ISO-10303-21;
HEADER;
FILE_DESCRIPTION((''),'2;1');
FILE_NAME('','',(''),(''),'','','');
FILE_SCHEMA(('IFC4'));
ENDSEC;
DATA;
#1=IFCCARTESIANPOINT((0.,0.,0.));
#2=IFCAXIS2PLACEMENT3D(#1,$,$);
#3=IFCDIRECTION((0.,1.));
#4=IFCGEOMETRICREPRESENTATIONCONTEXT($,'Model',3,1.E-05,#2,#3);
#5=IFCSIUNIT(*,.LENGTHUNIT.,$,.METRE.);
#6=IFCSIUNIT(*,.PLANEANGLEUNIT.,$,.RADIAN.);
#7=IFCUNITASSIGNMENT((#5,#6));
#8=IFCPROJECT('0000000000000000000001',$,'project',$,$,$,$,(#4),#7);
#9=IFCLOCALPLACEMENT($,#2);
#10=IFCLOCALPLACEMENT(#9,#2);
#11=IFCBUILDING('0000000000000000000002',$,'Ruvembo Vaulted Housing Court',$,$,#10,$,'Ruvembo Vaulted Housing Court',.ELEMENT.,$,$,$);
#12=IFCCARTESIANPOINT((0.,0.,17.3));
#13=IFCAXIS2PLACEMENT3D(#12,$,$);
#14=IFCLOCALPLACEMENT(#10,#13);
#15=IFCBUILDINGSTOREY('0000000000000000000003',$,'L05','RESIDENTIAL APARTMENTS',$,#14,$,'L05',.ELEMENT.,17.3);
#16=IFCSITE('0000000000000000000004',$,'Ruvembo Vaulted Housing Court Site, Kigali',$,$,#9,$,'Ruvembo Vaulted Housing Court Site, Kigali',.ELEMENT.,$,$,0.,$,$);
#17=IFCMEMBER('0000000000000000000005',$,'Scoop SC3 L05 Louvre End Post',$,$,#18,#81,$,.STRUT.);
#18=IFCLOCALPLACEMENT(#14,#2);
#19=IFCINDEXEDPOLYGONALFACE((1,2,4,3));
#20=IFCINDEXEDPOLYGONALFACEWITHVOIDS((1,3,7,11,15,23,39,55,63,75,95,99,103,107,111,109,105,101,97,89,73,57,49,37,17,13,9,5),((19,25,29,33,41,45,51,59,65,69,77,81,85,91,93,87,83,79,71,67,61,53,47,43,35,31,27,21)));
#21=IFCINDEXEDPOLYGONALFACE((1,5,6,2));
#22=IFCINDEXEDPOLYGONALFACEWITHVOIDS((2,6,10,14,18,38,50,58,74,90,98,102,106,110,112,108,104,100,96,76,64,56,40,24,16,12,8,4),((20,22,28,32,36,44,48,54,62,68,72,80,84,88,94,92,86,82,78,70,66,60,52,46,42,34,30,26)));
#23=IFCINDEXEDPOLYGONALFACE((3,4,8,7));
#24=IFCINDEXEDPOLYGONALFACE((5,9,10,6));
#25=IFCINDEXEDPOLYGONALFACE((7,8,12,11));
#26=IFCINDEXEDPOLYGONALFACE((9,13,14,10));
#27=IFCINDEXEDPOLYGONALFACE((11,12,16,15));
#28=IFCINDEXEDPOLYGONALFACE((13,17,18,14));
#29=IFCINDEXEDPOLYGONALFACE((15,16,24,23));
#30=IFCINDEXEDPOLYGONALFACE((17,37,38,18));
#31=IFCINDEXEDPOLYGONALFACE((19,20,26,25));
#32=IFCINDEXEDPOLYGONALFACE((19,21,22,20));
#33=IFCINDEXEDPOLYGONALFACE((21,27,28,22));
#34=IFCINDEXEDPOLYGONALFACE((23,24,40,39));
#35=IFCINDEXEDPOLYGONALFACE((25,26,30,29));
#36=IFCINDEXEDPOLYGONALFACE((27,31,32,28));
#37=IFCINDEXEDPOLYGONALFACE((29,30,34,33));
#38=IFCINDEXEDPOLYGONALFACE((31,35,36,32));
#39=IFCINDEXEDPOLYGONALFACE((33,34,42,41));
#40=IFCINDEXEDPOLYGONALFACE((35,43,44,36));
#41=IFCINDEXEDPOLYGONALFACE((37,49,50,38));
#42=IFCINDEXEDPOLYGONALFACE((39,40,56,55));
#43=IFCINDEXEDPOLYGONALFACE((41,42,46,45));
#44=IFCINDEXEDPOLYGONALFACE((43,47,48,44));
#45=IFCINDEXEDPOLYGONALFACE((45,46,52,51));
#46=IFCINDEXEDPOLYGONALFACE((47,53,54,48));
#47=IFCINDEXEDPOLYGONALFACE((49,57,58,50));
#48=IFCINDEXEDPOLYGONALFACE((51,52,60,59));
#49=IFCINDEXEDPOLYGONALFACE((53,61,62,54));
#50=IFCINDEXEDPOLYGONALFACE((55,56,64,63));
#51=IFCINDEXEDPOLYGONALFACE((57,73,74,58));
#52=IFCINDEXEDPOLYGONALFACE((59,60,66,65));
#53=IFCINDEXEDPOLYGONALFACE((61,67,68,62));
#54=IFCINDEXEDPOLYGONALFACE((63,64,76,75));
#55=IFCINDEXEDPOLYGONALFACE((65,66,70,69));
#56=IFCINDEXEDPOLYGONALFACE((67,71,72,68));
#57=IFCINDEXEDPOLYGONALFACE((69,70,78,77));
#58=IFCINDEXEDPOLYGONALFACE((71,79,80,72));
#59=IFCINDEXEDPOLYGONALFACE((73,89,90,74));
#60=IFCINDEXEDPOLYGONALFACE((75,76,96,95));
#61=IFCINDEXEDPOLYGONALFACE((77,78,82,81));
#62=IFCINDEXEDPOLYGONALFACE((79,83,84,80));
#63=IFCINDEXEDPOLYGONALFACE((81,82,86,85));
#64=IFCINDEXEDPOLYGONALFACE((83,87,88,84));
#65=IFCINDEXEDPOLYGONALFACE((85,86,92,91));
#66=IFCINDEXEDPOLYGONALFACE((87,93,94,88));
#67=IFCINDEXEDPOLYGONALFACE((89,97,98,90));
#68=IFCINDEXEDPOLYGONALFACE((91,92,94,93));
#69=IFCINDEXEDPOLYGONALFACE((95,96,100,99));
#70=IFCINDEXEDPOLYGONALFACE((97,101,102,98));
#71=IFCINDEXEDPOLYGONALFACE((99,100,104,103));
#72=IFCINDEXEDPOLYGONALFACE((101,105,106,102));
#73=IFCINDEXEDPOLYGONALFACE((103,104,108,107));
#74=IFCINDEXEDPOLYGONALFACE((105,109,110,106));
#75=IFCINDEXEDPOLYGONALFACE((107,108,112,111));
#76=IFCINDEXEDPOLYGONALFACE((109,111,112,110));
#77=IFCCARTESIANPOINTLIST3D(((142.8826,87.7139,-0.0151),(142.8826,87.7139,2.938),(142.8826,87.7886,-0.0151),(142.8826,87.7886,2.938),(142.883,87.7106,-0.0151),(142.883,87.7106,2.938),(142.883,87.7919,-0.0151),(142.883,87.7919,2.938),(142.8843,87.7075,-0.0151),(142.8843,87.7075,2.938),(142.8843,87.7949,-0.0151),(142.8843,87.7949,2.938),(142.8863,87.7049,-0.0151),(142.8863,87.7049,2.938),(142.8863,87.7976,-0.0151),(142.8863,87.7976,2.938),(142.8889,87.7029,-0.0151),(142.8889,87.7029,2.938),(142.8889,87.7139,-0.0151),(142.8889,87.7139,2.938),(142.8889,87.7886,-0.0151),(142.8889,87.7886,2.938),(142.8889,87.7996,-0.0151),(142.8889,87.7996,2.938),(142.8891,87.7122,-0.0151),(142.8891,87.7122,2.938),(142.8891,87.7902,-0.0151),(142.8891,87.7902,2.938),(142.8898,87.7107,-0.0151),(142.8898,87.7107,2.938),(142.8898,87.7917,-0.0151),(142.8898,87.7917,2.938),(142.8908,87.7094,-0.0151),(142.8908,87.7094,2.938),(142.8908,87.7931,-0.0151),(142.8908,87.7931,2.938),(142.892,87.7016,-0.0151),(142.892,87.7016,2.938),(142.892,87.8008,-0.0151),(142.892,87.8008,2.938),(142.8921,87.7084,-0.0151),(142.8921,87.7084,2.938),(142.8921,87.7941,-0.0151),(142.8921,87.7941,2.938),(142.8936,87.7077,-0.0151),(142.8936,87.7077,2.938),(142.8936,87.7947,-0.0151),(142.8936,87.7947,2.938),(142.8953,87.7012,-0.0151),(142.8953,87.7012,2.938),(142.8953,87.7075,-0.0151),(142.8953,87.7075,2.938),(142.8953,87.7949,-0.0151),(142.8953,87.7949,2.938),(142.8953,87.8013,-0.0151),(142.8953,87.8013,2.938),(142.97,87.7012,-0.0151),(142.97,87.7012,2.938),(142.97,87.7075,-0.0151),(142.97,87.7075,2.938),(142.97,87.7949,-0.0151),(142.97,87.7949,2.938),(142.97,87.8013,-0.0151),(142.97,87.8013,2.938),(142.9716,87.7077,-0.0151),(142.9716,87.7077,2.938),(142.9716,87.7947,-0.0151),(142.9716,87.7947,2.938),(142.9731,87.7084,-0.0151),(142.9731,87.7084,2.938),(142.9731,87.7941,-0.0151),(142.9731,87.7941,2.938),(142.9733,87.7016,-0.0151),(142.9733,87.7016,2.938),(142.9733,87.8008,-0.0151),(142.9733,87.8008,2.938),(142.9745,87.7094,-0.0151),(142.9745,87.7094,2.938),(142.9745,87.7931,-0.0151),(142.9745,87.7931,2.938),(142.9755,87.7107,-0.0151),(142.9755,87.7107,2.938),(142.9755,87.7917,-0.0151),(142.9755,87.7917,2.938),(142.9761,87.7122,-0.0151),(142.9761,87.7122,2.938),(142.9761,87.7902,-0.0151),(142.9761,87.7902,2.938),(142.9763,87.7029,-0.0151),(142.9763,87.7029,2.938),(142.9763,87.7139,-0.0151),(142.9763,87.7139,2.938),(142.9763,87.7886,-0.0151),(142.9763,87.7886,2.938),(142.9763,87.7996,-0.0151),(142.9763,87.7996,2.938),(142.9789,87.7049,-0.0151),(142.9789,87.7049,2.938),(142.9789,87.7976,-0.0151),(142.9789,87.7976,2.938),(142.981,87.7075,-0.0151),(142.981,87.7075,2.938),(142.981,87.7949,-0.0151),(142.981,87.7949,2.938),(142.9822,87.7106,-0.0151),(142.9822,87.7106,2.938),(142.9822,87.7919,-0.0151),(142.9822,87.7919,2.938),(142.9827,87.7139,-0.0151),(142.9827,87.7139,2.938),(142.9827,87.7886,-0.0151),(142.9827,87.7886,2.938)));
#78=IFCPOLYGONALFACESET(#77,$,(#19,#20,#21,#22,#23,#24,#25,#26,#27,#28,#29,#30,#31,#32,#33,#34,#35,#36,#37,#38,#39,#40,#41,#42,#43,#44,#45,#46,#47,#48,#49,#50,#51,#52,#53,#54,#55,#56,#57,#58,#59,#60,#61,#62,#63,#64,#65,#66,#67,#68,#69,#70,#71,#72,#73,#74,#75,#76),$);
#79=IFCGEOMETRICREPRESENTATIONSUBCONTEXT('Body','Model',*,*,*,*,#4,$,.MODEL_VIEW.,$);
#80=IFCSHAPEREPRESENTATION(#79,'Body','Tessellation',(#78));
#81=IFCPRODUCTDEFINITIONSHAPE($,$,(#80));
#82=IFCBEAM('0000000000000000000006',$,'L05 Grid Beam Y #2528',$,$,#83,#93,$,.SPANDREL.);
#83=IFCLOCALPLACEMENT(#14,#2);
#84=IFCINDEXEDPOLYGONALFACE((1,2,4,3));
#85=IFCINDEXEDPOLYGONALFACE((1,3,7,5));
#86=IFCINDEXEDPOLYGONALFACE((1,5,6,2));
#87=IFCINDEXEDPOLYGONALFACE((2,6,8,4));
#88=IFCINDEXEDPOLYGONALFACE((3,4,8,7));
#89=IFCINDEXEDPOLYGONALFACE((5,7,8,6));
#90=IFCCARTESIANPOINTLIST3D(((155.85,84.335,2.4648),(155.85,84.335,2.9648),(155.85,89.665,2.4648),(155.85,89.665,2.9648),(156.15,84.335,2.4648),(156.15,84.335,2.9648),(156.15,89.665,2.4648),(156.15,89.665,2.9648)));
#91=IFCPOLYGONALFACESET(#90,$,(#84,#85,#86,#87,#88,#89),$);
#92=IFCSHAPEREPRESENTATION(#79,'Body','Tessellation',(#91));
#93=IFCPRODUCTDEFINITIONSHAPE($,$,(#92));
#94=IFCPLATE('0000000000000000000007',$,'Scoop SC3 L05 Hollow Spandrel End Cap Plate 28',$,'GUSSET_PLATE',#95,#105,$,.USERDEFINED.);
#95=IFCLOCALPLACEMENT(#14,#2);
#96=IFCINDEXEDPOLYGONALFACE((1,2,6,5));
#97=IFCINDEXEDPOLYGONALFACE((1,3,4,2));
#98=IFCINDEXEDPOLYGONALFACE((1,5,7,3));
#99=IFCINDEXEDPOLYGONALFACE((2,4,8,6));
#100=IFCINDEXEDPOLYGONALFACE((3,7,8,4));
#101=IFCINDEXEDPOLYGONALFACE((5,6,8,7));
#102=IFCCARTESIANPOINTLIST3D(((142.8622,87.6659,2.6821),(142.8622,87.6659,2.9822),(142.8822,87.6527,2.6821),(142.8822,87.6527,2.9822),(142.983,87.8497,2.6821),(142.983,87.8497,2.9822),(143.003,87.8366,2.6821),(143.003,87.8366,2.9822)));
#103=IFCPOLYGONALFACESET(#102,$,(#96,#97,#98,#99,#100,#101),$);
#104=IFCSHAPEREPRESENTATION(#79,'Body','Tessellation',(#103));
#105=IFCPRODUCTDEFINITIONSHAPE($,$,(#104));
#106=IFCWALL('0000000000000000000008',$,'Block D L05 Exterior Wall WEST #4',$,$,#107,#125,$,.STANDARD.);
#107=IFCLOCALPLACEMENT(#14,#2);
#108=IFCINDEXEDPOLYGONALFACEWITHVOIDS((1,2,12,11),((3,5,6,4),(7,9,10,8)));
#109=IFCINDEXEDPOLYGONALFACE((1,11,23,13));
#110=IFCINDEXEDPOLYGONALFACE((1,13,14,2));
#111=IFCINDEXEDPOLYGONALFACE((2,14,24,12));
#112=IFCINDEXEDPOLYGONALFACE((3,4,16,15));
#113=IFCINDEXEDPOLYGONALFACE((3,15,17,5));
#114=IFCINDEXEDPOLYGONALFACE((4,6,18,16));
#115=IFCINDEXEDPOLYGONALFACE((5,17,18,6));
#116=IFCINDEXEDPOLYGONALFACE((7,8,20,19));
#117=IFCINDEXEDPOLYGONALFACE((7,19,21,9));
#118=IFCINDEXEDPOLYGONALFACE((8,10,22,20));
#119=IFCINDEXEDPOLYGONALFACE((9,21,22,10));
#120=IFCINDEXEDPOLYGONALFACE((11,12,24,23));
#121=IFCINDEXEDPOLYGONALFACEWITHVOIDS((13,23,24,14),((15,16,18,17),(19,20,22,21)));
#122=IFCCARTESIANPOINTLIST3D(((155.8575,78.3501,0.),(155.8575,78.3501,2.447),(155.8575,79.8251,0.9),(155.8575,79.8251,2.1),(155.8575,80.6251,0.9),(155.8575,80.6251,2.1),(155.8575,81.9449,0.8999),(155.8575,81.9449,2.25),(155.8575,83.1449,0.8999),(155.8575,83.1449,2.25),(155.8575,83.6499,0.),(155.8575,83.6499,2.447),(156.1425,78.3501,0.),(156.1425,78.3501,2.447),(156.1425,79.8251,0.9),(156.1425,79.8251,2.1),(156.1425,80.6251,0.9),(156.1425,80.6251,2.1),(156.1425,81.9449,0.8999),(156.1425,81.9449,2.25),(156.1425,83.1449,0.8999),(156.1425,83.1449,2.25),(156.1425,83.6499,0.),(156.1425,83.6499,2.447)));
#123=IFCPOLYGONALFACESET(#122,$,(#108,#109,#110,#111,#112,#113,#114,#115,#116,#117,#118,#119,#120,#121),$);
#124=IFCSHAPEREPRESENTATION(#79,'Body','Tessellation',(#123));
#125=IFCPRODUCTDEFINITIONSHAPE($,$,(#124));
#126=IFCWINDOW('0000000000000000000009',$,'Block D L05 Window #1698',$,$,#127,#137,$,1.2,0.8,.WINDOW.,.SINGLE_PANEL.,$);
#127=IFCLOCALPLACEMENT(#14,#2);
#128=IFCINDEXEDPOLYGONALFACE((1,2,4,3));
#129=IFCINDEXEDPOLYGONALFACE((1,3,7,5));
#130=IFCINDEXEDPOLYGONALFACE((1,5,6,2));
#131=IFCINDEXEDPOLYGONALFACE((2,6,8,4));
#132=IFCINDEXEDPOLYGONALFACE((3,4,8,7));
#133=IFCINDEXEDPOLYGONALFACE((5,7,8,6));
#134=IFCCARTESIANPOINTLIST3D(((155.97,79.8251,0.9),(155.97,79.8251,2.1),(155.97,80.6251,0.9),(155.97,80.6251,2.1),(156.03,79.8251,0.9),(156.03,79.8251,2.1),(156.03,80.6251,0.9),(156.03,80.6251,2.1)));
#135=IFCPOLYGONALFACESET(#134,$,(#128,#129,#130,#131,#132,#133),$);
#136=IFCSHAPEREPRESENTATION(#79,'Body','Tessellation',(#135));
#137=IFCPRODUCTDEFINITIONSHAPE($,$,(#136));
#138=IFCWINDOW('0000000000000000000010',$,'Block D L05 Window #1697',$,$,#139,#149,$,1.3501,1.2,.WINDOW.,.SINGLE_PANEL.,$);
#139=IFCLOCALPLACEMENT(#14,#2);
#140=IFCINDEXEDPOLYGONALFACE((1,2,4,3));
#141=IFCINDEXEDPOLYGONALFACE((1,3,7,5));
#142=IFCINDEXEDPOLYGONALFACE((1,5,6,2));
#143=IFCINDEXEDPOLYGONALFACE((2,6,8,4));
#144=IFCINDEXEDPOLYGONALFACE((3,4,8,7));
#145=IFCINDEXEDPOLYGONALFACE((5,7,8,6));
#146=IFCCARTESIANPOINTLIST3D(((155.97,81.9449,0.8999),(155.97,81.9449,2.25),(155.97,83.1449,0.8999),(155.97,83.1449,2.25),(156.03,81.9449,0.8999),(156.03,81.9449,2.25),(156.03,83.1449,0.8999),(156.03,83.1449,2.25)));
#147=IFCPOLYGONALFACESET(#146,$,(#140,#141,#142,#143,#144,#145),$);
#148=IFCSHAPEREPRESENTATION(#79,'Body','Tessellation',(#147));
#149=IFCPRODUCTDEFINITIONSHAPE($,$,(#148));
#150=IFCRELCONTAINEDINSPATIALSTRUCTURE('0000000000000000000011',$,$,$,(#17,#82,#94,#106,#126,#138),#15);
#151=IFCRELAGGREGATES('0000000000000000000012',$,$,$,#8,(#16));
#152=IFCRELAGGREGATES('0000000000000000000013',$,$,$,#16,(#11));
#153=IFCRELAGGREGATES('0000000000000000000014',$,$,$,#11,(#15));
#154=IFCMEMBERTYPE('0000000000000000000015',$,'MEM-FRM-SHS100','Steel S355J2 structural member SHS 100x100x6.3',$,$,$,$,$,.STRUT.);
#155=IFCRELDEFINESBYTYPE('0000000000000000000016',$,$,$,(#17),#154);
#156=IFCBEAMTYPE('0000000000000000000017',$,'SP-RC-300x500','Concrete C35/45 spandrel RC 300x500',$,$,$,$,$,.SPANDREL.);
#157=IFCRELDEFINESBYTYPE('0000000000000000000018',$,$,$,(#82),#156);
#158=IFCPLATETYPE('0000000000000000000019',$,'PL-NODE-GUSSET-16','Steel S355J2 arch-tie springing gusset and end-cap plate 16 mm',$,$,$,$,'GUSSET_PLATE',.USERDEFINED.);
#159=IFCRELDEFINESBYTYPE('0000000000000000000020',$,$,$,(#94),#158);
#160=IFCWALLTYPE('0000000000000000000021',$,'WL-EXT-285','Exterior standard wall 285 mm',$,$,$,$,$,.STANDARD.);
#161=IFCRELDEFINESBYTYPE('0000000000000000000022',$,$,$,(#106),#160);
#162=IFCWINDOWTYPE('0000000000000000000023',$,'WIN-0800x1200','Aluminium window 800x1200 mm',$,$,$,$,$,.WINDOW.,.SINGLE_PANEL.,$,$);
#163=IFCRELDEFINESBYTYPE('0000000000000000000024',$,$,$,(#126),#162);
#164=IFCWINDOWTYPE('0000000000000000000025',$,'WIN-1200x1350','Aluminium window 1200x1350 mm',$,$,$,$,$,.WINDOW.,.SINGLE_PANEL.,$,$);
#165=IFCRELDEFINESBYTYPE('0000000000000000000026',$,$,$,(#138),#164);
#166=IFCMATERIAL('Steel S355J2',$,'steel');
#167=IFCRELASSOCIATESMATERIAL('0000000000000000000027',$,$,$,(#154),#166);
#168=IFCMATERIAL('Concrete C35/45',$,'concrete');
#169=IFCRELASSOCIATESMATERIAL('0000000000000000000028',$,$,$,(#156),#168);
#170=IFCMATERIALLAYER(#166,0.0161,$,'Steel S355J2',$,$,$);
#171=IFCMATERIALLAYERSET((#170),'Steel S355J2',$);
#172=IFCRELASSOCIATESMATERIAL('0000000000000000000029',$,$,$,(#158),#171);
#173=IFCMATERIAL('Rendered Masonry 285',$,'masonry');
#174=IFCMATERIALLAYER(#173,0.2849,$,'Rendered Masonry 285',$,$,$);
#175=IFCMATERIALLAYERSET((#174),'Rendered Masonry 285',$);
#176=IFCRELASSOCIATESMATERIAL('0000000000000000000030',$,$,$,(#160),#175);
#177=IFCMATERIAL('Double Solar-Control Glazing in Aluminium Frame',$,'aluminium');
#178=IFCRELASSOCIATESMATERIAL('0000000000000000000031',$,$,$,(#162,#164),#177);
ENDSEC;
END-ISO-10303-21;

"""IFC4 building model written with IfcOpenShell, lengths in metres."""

from ifc_helpers import new_model, si_unit, direction, frame, frame_2d, origin, origin_2d, place, context, subcontext, project, spatial, rectangle, hollow_rectangle, extrude, material, layer, layer_set, material_profile, profile_set, type_object, element, fill, save


model = new_model("IFC4")

# Units and contexts
model_context = context("Model", 3, precision=1e-05, world=origin(), true_north=direction((0.0, 1.0)))
body_context = subcontext(model_context, "Body", "Model", "MODEL_VIEW")
ifc_project = project(units=[si_unit("LENGTHUNIT", "METRE"), si_unit("PLANEANGLEUNIT", "RADIAN")], contexts=[model_context])

# Site, building, storey
site_placement = place(None, origin())
site = spatial("IfcSite", under=ifc_project, at=site_placement, Name="Ruvembo Vaulted Housing Court Site, Kigali", LongName="Ruvembo Vaulted Housing Court Site, Kigali", CompositionType="ELEMENT", RefElevation=0.0)
building_placement = place(site_placement, origin())
building = spatial("IfcBuilding", under=site, at=building_placement, Name="Ruvembo Vaulted Housing Court", LongName="Ruvembo Vaulted Housing Court", CompositionType="ELEMENT")
storey_placement = place(building_placement, frame((0.0, 0.0, 17.3)))
storey = spatial("IfcBuildingStorey", under=building, at=storey_placement, Name="L05", Description="RESIDENTIAL APARTMENTS", LongName="L05", CompositionType="ELEMENT", Elevation=17.3)

# Shared definitions
ifc_material_1 = material(Name="Concrete C35/45", Category="concrete")

# Shared definitions
ifc_material_2 = material(Name="Steel S355J2", Category="steel")

# Member
ifc_material_profile_1 = material_profile(ifc_material_2, hollow_rectangle(XDim=0.1001, YDim=0.1001, WallThickness=0.0063, InnerFilletRadius=0.0063, OuterFilletRadius=0.0127, at=origin_2d()), Name="SHS 100x100x6.3")
ifc_profile_set_1 = profile_set([ifc_material_profile_1], Name="Steel S355J2")
member_type_1 = type_object("IfcMemberType", Name="MEM-FRM-SHS100", Description="Steel S355J2 structural member SHS 100x100x6.3", PredefinedType="STRUT", material=ifc_profile_set_1)
for number, where, z_axis, x_axis, name in (
    (1, (142.9326, 87.7512, -0.0151), (0.0, 0.0, 1.0), (1.0, 0.0, 0.0), "Scoop SC3 L05 Louvre End Post"),
):
    element("IfcMember", number, at=place(storey_placement, frame(where, z_axis=z_axis, x_axis=x_axis)), inside=storey, type_object=member_type_1, Name=name, PredefinedType="STRUT", context=body_context, shape_type="SweptSolid", body=[
        extrude(hollow_rectangle(XDim=0.1001, YDim=0.1001, WallThickness=0.0063, InnerFilletRadius=0.0063, OuterFilletRadius=0.0127, at=origin_2d()), origin(), (0.0, 0.0, 1.0), 2.9531),
    ])

# Beam
ifc_material_profile_2 = material_profile(ifc_material_1, rectangle(XDim=0.3, YDim=0.5, at=origin_2d()), Name="RC 300x500")
ifc_profile_set_2 = profile_set([ifc_material_profile_2], Name="Concrete C35/45")
beam_type_1 = type_object("IfcBeamType", Name="SP-RC-300x500", Description="Concrete C35/45 spandrel RC 300x500", PredefinedType="SPANDREL", material=ifc_profile_set_2)
beam_1_placement = place(storey_placement, frame((156.0, 84.335, 2.7148), z_axis=(0.0, 1.0, 0.0), x_axis=(-1.0, 0.0, 0.0)))
element("IfcBeam", 2, at=beam_1_placement, inside=storey, type_object=beam_type_1, Name="L05 Grid Beam Y #2528", PredefinedType="SPANDREL", context=body_context, shape_type="SweptSolid", body=[
    extrude(rectangle(XDim=0.3, YDim=0.5, at=origin_2d()), origin(), (0.0, 0.0, 1.0), 5.3301),
])

# Plate
ifc_layer_1 = layer(ifc_material_2, 0.0161, Name="Steel S355J2")
ifc_layer_set_1 = layer_set([ifc_layer_1], Name="Steel S355J2")
plate_type = type_object("IfcPlateType", Name="PL-NODE-GUSSET-16", Description="Steel S355J2 arch-tie springing gusset and end-cap plate 16 mm", ElementType="GUSSET_PLATE", PredefinedType="USERDEFINED", material=ifc_layer_set_1)
plate_placement = place(storey_placement, frame((142.9326, 87.7512, 2.6821), z_axis=(0.0, 0.0, 1.0), x_axis=(0.835846, -0.548964, 0.0)))
element("IfcPlate", 3, at=plate_placement, inside=storey, type_object=plate_type, Name="Scoop SC3 L05 Hollow Spandrel End Cap Plate 28", ObjectType="GUSSET_PLATE", PredefinedType="USERDEFINED", context=body_context, shape_type="SweptSolid", body=[
    extrude(rectangle(XDim=0.0239, YDim=0.22, at=origin_2d()), origin(), (0.0, 0.0, 1.0), 0.3),
])

# Wall, openings, windows
ifc_material_3 = material(Name="Rendered Masonry 285", Category="masonry")
ifc_layer_2 = layer(ifc_material_3, 0.2849, Name="Rendered Masonry 285")
ifc_layer_set_2 = layer_set([ifc_layer_2], Name="Rendered Masonry 285")
wall_type = type_object("IfcWallType", Name="WL-EXT-285", Description="Exterior standard wall 285 mm", PredefinedType="STANDARD", material=ifc_layer_set_2)
wall_placement = place(storey_placement, frame((156.0, 83.6499, 0.0), z_axis=(0.0, 0.0, 1.0), x_axis=(0.0, -1.0, 0.0)))
wall = element("IfcWall", 4, at=wall_placement, inside=storey, type_object=wall_type, Name="Block D L05 Exterior Wall WEST #4", PredefinedType="STANDARD", context=body_context, shape_type="SweptSolid", body=[
    extrude(rectangle(XDim=5.2998, YDim=0.2849, at=frame_2d((2.6499, 0.0))), origin(), (0.0, 0.0, 1.0), 2.447),
])
opening_1_placement = place(wall_placement, frame((0.5049, 0.0, 0.8999)))
opening_1 = element("IfcOpeningElement", 5, at=opening_1_placement, cuts=wall, PredefinedType="OPENING", context=body_context, shape_type="SweptSolid", body=[
    extrude(rectangle(XDim=1.2, YDim=1.3501, at=frame_2d((0.6001, 0.675))), frame((0.0, 0.1523, 0.0), z_axis=(0.0, -1.0, 0.0), x_axis=(1.0, 0.0, 0.0)), (0.0, 0.0, 1.0), 0.3049),
])
opening_2_placement = place(wall_placement, frame((3.0249, 0.0, 0.8999)))
opening_2 = element("IfcOpeningElement", 6, at=opening_2_placement, cuts=wall, PredefinedType="OPENING", context=body_context, shape_type="SweptSolid", body=[
    extrude(rectangle(XDim=0.8, YDim=1.2, at=frame_2d((0.3999, 0.6001))), frame((0.0, 0.1523, 0.0), z_axis=(0.0, -1.0, 0.0), x_axis=(1.0, 0.0, 0.0)), (0.0, 0.0, 1.0), 0.3049),
])
ifc_material_4 = material(Name="Double Solar-Control Glazing in Aluminium Frame", Category="aluminium")
window_type_1 = type_object("IfcWindowType", Name="WIN-0800x1200", Description="Aluminium window 800x1200 mm", PartitioningType="SINGLE_PANEL", PredefinedType="WINDOW", material=ifc_material_4)
window_1_placement = place(opening_2_placement, origin())
window_1 = element("IfcWindow", 7, at=window_1_placement, inside=storey, type_object=window_type_1, Name="Block D L05 Window #1698", OverallHeight=1.2, OverallWidth=0.8, PartitioningType="SINGLE_PANEL", PredefinedType="WINDOW", context=body_context, shape_type="SweptSolid", body=[
    extrude(rectangle(XDim=0.8, YDim=1.2, at=frame_2d((0.3999, 0.6001))), frame((0.0, 0.03, 0.0), z_axis=(0.0, -1.0, 0.0), x_axis=(1.0, 0.0, 0.0)), (0.0, 0.0, 1.0), 0.0601),
])
fill(opening_2, window_1)
window_type_2 = type_object("IfcWindowType", Name="WIN-1200x1350", Description="Aluminium window 1200x1350 mm", PartitioningType="SINGLE_PANEL", PredefinedType="WINDOW", material=ifc_material_4)
window_2_placement = place(opening_1_placement, origin())
window_2 = element("IfcWindow", 8, at=window_2_placement, inside=storey, type_object=window_type_2, Name="Block D L05 Window #1697", OverallHeight=1.3501, OverallWidth=1.2, PartitioningType="SINGLE_PANEL", PredefinedType="WINDOW", context=body_context, shape_type="SweptSolid", body=[
    extrude(rectangle(XDim=1.2, YDim=1.3501, at=frame_2d((0.6001, 0.675))), frame((0.0, 0.03, 0.0), z_axis=(0.0, -1.0, 0.0), x_axis=(1.0, 0.0, 0.0)), (0.0, 0.0, 1.0), 0.0601),
])
fill(opening_1, window_2)

save(model, "model.ifc")
